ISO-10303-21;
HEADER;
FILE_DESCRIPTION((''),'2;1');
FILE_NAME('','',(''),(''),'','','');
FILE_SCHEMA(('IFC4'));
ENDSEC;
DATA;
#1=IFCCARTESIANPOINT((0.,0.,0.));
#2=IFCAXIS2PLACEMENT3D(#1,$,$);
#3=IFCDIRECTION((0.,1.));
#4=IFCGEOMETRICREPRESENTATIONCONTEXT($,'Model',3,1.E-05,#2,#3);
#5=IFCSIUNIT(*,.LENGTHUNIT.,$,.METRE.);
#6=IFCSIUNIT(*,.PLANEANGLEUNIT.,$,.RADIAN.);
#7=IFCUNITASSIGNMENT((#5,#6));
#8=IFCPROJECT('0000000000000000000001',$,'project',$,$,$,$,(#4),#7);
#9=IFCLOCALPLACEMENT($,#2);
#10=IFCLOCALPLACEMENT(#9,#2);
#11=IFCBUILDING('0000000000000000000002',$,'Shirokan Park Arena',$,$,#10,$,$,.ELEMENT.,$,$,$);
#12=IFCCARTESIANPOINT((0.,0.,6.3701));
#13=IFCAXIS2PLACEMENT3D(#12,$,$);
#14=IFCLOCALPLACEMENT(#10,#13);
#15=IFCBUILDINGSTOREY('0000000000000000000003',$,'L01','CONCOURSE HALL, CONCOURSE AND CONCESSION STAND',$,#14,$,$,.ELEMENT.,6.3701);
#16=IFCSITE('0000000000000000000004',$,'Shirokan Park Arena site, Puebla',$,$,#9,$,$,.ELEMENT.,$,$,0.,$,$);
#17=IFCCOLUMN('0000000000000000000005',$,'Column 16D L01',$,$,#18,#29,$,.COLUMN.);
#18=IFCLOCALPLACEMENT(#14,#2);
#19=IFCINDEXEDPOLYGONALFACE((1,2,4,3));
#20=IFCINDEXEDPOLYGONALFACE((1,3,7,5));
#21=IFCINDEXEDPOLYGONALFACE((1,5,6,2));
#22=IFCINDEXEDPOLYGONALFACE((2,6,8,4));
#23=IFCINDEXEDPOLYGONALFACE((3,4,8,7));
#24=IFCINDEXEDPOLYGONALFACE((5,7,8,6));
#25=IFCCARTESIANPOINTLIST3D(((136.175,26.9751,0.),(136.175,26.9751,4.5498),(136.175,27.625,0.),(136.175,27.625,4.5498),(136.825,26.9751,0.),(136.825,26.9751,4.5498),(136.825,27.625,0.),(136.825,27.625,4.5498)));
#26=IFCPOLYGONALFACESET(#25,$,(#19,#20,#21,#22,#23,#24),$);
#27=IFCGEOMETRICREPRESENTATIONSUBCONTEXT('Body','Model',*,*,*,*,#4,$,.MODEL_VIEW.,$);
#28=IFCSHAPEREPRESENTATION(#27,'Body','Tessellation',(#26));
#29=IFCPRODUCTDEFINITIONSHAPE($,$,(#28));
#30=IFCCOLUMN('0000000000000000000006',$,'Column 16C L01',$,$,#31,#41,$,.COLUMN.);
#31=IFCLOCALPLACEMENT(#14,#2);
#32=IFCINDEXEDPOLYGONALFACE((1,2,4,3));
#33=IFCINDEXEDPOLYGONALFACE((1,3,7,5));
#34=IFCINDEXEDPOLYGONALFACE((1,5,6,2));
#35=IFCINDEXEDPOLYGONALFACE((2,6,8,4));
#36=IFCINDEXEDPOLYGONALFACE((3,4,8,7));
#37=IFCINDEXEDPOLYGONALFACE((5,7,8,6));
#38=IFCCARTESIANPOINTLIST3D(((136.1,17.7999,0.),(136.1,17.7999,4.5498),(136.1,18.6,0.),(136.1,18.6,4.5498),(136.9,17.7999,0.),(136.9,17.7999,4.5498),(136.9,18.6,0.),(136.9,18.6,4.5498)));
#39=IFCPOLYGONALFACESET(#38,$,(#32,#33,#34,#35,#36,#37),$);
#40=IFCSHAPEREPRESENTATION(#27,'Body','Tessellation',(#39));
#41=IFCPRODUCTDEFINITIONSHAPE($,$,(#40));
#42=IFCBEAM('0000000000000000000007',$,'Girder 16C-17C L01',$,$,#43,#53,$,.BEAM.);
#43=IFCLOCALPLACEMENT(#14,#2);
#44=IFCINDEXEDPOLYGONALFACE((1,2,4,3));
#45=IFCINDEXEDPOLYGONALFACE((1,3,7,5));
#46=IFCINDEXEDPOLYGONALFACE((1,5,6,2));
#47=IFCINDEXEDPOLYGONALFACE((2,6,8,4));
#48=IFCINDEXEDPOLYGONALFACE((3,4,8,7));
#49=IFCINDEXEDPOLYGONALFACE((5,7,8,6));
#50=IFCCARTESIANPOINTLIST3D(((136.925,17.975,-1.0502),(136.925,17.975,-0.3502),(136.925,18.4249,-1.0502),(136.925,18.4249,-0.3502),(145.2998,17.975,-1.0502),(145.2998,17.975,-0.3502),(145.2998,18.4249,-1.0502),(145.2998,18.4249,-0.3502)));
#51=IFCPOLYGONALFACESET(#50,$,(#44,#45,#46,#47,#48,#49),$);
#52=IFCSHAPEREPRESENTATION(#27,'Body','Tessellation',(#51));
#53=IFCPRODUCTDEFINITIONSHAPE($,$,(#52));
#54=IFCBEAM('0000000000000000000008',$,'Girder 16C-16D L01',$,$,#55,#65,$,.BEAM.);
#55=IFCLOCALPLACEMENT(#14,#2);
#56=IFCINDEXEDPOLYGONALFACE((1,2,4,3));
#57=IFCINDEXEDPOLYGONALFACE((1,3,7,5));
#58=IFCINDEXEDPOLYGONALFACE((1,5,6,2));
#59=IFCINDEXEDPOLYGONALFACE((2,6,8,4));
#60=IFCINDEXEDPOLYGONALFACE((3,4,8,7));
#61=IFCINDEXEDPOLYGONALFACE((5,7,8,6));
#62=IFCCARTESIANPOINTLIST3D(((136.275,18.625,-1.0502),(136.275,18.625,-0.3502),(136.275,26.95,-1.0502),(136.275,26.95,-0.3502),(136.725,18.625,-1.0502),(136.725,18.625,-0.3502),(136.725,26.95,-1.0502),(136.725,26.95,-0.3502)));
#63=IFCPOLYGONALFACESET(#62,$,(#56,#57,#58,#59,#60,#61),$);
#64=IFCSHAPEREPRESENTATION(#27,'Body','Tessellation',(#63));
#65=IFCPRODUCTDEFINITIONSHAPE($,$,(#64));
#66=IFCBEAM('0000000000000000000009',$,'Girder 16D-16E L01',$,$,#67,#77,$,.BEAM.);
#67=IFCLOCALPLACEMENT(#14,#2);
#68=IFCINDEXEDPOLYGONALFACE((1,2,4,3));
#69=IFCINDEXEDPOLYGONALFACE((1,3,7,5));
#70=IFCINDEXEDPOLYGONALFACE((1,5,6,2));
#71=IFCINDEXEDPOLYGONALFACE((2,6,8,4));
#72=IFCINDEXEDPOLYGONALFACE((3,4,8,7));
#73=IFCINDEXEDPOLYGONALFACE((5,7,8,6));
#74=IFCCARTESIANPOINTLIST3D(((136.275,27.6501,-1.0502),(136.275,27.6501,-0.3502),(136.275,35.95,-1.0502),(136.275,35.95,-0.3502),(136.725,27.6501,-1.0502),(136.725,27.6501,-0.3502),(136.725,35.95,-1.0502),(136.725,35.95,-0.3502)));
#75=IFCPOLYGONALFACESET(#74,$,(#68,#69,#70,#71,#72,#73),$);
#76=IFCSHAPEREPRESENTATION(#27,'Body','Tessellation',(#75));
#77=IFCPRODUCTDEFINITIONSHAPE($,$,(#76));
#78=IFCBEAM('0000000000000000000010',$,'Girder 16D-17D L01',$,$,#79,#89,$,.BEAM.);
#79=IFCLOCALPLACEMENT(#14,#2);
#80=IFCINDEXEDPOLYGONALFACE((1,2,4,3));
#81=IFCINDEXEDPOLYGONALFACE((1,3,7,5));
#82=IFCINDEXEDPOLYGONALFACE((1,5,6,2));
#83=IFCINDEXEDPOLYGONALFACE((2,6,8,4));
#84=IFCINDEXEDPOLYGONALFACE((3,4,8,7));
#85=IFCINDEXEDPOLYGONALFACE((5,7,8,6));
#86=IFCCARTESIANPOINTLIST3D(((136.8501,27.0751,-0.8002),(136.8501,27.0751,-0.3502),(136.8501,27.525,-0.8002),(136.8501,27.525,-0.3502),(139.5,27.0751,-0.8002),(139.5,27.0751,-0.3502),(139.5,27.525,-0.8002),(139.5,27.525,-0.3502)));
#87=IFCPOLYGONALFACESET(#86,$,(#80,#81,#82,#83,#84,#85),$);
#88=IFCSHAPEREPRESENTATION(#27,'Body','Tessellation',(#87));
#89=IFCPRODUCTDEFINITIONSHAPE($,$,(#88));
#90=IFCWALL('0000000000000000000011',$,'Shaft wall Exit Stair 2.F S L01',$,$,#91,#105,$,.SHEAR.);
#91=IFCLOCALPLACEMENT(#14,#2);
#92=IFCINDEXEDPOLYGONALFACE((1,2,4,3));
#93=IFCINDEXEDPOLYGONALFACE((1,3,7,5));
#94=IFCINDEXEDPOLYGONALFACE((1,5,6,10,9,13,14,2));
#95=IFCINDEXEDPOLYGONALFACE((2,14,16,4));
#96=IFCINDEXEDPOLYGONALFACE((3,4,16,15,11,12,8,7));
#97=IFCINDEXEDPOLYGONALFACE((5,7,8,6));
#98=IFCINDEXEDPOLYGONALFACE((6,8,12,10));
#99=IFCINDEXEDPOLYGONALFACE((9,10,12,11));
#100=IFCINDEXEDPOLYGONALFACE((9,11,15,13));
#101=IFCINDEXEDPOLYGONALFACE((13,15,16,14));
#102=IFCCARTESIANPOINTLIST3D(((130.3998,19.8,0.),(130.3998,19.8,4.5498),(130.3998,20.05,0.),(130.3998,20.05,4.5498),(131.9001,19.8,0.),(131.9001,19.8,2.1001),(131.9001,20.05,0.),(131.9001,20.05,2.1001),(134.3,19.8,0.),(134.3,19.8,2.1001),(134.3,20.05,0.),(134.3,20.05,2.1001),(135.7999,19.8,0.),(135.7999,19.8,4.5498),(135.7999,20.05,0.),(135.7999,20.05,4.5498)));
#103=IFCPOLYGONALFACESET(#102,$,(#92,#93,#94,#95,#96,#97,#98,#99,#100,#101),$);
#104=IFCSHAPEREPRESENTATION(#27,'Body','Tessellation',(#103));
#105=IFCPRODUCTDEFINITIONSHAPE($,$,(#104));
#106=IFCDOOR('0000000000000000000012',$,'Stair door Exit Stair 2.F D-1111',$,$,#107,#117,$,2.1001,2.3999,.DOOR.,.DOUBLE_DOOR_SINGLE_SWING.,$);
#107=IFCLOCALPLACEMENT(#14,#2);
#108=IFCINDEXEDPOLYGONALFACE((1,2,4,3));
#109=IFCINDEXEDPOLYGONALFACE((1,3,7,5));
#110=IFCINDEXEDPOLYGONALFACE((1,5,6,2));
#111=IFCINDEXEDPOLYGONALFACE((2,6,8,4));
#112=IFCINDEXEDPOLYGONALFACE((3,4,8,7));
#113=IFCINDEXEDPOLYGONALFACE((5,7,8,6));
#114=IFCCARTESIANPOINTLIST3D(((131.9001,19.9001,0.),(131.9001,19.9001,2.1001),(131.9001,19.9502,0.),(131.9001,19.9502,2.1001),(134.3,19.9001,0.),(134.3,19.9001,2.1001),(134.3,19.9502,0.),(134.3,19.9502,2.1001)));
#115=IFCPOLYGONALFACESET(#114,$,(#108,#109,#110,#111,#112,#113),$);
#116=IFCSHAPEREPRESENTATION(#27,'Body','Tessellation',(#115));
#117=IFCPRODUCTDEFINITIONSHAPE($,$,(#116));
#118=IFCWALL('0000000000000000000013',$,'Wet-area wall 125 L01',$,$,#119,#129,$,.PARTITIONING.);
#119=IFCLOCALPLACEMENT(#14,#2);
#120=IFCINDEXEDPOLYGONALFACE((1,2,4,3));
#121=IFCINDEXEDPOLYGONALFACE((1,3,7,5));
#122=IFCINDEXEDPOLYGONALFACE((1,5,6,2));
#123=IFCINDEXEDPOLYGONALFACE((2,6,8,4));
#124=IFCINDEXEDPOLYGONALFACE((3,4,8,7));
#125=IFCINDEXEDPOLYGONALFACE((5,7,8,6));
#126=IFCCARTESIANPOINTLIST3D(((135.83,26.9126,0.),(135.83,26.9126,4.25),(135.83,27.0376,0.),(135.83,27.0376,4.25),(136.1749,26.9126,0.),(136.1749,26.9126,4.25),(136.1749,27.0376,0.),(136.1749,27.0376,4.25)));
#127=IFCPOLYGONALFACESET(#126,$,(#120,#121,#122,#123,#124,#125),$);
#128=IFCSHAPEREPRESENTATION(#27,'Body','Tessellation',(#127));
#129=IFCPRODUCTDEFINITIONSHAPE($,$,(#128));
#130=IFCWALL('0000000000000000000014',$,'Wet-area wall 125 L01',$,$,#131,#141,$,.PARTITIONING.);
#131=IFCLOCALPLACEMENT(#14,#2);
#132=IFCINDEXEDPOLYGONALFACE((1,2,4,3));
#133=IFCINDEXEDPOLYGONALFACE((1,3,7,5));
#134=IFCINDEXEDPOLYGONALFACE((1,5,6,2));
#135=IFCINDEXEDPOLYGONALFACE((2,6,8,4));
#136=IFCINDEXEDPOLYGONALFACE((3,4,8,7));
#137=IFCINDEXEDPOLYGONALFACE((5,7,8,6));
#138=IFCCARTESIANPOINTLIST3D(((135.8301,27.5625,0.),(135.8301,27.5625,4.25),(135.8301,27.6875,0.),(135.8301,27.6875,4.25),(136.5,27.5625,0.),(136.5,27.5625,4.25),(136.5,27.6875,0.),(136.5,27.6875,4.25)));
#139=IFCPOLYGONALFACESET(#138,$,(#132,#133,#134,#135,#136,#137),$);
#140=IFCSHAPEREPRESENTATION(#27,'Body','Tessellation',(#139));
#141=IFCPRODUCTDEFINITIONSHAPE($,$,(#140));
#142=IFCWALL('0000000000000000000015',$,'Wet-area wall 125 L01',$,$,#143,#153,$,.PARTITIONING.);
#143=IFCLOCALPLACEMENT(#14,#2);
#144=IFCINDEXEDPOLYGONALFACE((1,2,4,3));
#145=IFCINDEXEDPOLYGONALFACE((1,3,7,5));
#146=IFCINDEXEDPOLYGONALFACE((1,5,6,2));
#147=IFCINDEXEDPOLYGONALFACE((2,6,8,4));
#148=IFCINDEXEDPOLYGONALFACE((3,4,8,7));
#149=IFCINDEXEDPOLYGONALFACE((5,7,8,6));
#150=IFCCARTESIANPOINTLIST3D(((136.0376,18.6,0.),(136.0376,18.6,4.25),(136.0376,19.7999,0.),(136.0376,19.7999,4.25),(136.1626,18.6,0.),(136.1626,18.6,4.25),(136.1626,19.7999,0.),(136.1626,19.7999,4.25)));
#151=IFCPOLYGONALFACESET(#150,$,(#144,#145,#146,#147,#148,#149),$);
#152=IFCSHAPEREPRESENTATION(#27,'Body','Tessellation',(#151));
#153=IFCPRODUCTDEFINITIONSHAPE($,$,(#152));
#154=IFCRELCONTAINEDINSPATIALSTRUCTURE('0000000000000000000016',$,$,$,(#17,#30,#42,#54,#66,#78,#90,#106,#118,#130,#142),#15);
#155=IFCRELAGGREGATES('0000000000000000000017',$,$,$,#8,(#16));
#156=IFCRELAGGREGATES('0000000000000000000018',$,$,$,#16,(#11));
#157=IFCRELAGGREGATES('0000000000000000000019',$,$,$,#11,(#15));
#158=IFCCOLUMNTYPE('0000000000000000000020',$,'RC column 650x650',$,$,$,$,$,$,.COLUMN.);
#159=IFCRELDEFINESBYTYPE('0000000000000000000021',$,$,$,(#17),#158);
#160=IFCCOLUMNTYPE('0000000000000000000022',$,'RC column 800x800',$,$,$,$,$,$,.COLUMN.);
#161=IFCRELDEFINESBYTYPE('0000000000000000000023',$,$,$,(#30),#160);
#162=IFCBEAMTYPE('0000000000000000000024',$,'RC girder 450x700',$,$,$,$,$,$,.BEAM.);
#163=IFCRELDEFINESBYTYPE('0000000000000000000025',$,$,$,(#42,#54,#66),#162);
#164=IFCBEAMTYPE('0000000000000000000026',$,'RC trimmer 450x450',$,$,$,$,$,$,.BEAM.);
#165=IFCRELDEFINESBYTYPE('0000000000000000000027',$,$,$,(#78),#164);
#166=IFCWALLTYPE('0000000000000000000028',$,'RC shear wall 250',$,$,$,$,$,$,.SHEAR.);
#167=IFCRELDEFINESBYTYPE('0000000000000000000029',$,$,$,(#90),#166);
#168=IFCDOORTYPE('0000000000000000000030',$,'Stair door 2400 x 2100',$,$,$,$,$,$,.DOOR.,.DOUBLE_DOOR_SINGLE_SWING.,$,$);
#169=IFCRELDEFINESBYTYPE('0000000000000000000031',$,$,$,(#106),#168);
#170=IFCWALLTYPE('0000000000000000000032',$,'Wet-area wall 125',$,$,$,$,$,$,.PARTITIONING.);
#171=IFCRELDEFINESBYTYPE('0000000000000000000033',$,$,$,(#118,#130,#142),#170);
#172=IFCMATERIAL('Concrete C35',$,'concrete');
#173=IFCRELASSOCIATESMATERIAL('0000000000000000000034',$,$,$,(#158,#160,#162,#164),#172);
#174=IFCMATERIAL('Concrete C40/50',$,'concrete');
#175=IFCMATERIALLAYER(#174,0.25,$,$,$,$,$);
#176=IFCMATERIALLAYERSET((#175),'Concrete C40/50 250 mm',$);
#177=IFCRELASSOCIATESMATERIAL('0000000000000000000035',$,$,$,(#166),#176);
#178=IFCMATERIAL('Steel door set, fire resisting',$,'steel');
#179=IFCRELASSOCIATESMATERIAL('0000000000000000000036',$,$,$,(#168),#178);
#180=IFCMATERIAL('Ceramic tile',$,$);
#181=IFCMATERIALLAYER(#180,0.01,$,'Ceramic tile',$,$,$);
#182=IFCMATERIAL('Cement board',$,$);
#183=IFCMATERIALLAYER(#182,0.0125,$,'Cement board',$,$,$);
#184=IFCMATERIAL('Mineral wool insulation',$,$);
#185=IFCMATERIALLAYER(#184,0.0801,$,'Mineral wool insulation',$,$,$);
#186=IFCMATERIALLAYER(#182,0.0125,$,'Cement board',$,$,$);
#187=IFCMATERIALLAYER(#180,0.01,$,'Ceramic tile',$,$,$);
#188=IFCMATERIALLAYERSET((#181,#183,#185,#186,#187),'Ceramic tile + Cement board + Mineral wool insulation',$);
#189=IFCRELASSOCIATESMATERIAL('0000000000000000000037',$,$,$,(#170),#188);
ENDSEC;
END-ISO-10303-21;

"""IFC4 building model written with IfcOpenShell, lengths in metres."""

from ifc_helpers import new_model, si_unit, direction, frame, frame_2d, origin, origin_2d, place, context, subcontext, project, spatial, rectangle, extrude, material, layer, layer_set, material_profile, profile_set, type_object, element, fill, save


model = new_model("IFC4")

# Units and contexts
model_context = context("Model", 3, precision=1e-05, world=origin(), true_north=direction((0.0, 1.0)))
body_context = subcontext(model_context, "Body", "Model", "MODEL_VIEW")
ifc_project = project(units=[si_unit("LENGTHUNIT", "METRE"), si_unit("PLANEANGLEUNIT", "RADIAN")], contexts=[model_context])

# Site, building, storey
site_placement = place(None, origin())
site = spatial("IfcSite", under=ifc_project, at=site_placement, Name="Shirokan Park Arena site, Puebla", CompositionType="ELEMENT", RefElevation=0.0)
building_placement = place(site_placement, origin())
building = spatial("IfcBuilding", under=site, at=building_placement, Name="Shirokan Park Arena", CompositionType="ELEMENT")
storey_placement = place(building_placement, frame((0.0, 0.0, 6.3701)))
storey = spatial("IfcBuildingStorey", under=building, at=storey_placement, Name="L01", Description="CONCOURSE HALL, CONCOURSE AND CONCESSION STAND", CompositionType="ELEMENT", Elevation=6.3701)

# Columns
ifc_material_1 = material(Name="Concrete C35", Category="concrete")
ifc_material_profile_1 = material_profile(ifc_material_1, rectangle(XDim=0.6499, YDim=0.6499, at=origin_2d()), Name="650x650")
ifc_profile_set_1 = profile_set([ifc_material_profile_1], Name="Concrete C35")
column_type_1 = type_object("IfcColumnType", Name="RC column 650x650", PredefinedType="COLUMN", material=ifc_profile_set_1)
column_1_placement = place(storey_placement, frame((136.5, 27.3, 0.0), z_axis=(0.0, 0.0, 1.0), x_axis=(1.0, 0.0, 0.0)))
element("IfcColumn", 1, at=column_1_placement, inside=storey, type_object=column_type_1, Name="Column 16D L01", PredefinedType="COLUMN", context=body_context, shape_type="SweptSolid", body=[
    extrude(rectangle(XDim=0.6499, YDim=0.6499, at=origin_2d()), origin(), (0.0, 0.0, 1.0), 4.5498),
])
ifc_material_profile_2 = material_profile(ifc_material_1, rectangle(XDim=0.8, YDim=0.8, at=origin_2d()), Name="800x800")
ifc_profile_set_2 = profile_set([ifc_material_profile_2], Name="Concrete C35")
column_type_2 = type_object("IfcColumnType", Name="RC column 800x800", PredefinedType="COLUMN", material=ifc_profile_set_2)
column_2_placement = place(storey_placement, frame((136.5, 18.2, 0.0), z_axis=(0.0, 0.0, 1.0), x_axis=(1.0, 0.0, 0.0)))
element("IfcColumn", 2, at=column_2_placement, inside=storey, type_object=column_type_2, Name="Column 16C L01", PredefinedType="COLUMN", context=body_context, shape_type="SweptSolid", body=[
    extrude(rectangle(XDim=0.8, YDim=0.8, at=origin_2d()), origin(), (0.0, 0.0, 1.0), 4.5498),
])

# Beams
ifc_material_profile_3 = material_profile(ifc_material_1, rectangle(XDim=0.45, YDim=0.7, at=origin_2d()), Name="450x700")
ifc_profile_set_3 = profile_set([ifc_material_profile_3], Name="Concrete C35")
beam_type_1 = type_object("IfcBeamType", Name="RC girder 450x700", PredefinedType="BEAM", material=ifc_profile_set_3)
beam_1_placement = place(storey_placement, frame((136.925, 18.2, -0.7002), z_axis=(1.0, 0.0, 0.0), x_axis=(0.0, 1.0, 0.0)))
element("IfcBeam", 3, at=beam_1_placement, inside=storey, type_object=beam_type_1, Name="Girder 16C-17C L01", PredefinedType="BEAM", context=body_context, shape_type="SweptSolid", body=[
    extrude(rectangle(XDim=0.45, YDim=0.7, at=origin_2d()), origin(), (0.0, 0.0, 1.0), 8.3748),
])
beam_2_placement = place(storey_placement, frame((136.5, 18.625, -0.7002), z_axis=(0.0, 1.0, 0.0), x_axis=(-1.0, 0.0, 0.0)))
element("IfcBeam", 4, at=beam_2_placement, inside=storey, type_object=beam_type_1, Name="Girder 16C-16D L01", PredefinedType="BEAM", context=body_context, shape_type="SweptSolid", body=[
    extrude(rectangle(XDim=0.45, YDim=0.7, at=origin_2d()), origin(), (0.0, 0.0, 1.0), 8.325),
])
beam_3_placement = place(storey_placement, frame((136.5, 27.6501, -0.7002), z_axis=(0.0, 1.0, 0.0), x_axis=(-1.0, 0.0, 0.0)))
element("IfcBeam", 5, at=beam_3_placement, inside=storey, type_object=beam_type_1, Name="Girder 16D-16E L01", PredefinedType="BEAM", context=body_context, shape_type="SweptSolid", body=[
    extrude(rectangle(XDim=0.45, YDim=0.7, at=origin_2d()), origin(), (0.0, 0.0, 1.0), 8.2998),
])
ifc_material_profile_4 = material_profile(ifc_material_1, rectangle(XDim=0.45, YDim=0.45, at=origin_2d()), Name="450x450")
ifc_profile_set_4 = profile_set([ifc_material_profile_4], Name="Concrete C35")
beam_type_2 = type_object("IfcBeamType", Name="RC trimmer 450x450", PredefinedType="BEAM", material=ifc_profile_set_4)
beam_4_placement = place(storey_placement, frame((136.8501, 27.3, -0.5752), z_axis=(1.0, 0.0, 0.0), x_axis=(0.0, 1.0, 0.0)))
element("IfcBeam", 6, at=beam_4_placement, inside=storey, type_object=beam_type_2, Name="Girder 16D-17D L01", PredefinedType="BEAM", context=body_context, shape_type="SweptSolid", body=[
    extrude(rectangle(XDim=0.45, YDim=0.45, at=origin_2d()), origin(), (0.0, 0.0, 1.0), 2.6499),
])

# Wall, opening, door
ifc_material_2 = material(Name="Concrete C40/50", Category="concrete")
ifc_layer_1 = layer(ifc_material_2, 0.25)
ifc_layer_set_1 = layer_set([ifc_layer_1], Name="Concrete C40/50 250 mm")
wall_type_1 = type_object("IfcWallType", Name="RC shear wall 250", PredefinedType="SHEAR", material=ifc_layer_set_1)
wall_1_placement = place(storey_placement, frame((135.8, 19.925, 0.0), z_axis=(0.0, 0.0, 1.0), x_axis=(-1.0, 0.0, 0.0)))
wall_1 = element("IfcWall", 7, at=wall_1_placement, inside=storey, type_object=wall_type_1, Name="Shaft wall Exit Stair 2.F S L01", PredefinedType="SHEAR", context=body_context, shape_type="SweptSolid", body=[
    extrude(rectangle(XDim=5.4001, YDim=0.25, at=frame_2d((2.7002, 0.0))), origin(), (0.0, 0.0, 1.0), 4.5498),
])
opening_1_placement = place(wall_1_placement, frame((1.5, 0.0, 0.0)))
opening_1 = element("IfcOpeningElement", 8, at=opening_1_placement, cuts=wall_1, PredefinedType="OPENING", context=body_context, shape_type="SweptSolid", body=[
    extrude(rectangle(XDim=2.3999, YDim=2.1001, at=frame_2d((1.2, 1.05))), frame((0.0, 0.135, 0.0), z_axis=(0.0, -1.0, 0.0), x_axis=(1.0, 0.0, 0.0)), (0.0, 0.0, 1.0), 0.27),
])
ifc_material_3 = material(Name="Steel door set, fire resisting", Category="steel")
door_type_1 = type_object("IfcDoorType", Name="Stair door 2400 x 2100", OperationType="DOUBLE_DOOR_SINGLE_SWING", PredefinedType="DOOR", material=ifc_material_3)
door_1_placement = place(opening_1_placement, origin())
door_1 = element("IfcDoor", 9, at=door_1_placement, inside=storey, type_object=door_type_1, Name="Stair door Exit Stair 2.F D-1111", OperationType="DOUBLE_DOOR_SINGLE_SWING", OverallHeight=2.1001, OverallWidth=2.3999, PredefinedType="DOOR", context=body_context, shape_type="SweptSolid", body=[
    extrude(rectangle(XDim=2.3999, YDim=2.1001, at=frame_2d((1.2, 1.05))), frame((0.0, 0.0249, 0.0), z_axis=(0.0, -1.0, 0.0), x_axis=(1.0, 0.0, 0.0)), (0.0, 0.0, 1.0), 0.05),
])
fill(opening_1, door_1)

# Walls
ifc_material_4 = material(Name="Ceramic tile")
ifc_layer_2 = layer(ifc_material_4, 0.01, Name="Ceramic tile")
ifc_material_5 = material(Name="Cement board")
ifc_layer_3 = layer(ifc_material_5, 0.0125, Name="Cement board")
ifc_material_6 = material(Name="Mineral wool insulation")
ifc_layer_4 = layer(ifc_material_6, 0.0801, Name="Mineral wool insulation")
ifc_layer_5 = layer(ifc_material_5, 0.0125, Name="Cement board")
ifc_layer_6 = layer(ifc_material_4, 0.01, Name="Ceramic tile")
ifc_layer_set_2 = layer_set([ifc_layer_2, ifc_layer_3, ifc_layer_4, ifc_layer_5, ifc_layer_6], Name="Ceramic tile + Cement board + Mineral wool insulation")
wall_type_2 = type_object("IfcWallType", Name="Wet-area wall 125", PredefinedType="PARTITIONING", material=ifc_layer_set_2)
wall_2_placement = place(storey_placement, frame((135.8301, 26.9751, 0.0), z_axis=(0.0, 0.0, 1.0), x_axis=(1.0, 0.0, 0.0)))
element("IfcWall", 10, at=wall_2_placement, inside=storey, type_object=wall_type_2, Name="Wet-area wall 125 L01", PredefinedType="PARTITIONING", context=body_context, shape_type="SweptSolid", body=[
    extrude(rectangle(XDim=0.345, YDim=0.125, at=frame_2d((0.1724, 0.0))), origin(), (0.0, 0.0, 1.0), 4.25),
])
wall_3_placement = place(storey_placement, frame((135.8301, 27.625, 0.0), z_axis=(0.0, 0.0, 1.0), x_axis=(1.0, 0.0, 0.0)))
element("IfcWall", 11, at=wall_3_placement, inside=storey, type_object=wall_type_2, Name="Wet-area wall 125 L01", PredefinedType="PARTITIONING", context=body_context, shape_type="SweptSolid", body=[
    extrude(rectangle(XDim=0.6699, YDim=0.125, at=frame_2d((0.335, 0.0))), origin(), (0.0, 0.0, 1.0), 4.25),
])
wall_4_placement = place(storey_placement, frame((136.1001, 19.8, 0.0), z_axis=(0.0, 0.0, 1.0), x_axis=(0.0, -1.0, 0.0)))
element("IfcWall", 12, at=wall_4_placement, inside=storey, type_object=wall_type_2, Name="Wet-area wall 125 L01", PredefinedType="PARTITIONING", context=body_context, shape_type="SweptSolid", body=[
    extrude(rectangle(XDim=1.2, YDim=0.125, at=frame_2d((0.6001, 0.0))), origin(), (0.0, 0.0, 1.0), 4.25),
])

save(model, "model.ifc")
